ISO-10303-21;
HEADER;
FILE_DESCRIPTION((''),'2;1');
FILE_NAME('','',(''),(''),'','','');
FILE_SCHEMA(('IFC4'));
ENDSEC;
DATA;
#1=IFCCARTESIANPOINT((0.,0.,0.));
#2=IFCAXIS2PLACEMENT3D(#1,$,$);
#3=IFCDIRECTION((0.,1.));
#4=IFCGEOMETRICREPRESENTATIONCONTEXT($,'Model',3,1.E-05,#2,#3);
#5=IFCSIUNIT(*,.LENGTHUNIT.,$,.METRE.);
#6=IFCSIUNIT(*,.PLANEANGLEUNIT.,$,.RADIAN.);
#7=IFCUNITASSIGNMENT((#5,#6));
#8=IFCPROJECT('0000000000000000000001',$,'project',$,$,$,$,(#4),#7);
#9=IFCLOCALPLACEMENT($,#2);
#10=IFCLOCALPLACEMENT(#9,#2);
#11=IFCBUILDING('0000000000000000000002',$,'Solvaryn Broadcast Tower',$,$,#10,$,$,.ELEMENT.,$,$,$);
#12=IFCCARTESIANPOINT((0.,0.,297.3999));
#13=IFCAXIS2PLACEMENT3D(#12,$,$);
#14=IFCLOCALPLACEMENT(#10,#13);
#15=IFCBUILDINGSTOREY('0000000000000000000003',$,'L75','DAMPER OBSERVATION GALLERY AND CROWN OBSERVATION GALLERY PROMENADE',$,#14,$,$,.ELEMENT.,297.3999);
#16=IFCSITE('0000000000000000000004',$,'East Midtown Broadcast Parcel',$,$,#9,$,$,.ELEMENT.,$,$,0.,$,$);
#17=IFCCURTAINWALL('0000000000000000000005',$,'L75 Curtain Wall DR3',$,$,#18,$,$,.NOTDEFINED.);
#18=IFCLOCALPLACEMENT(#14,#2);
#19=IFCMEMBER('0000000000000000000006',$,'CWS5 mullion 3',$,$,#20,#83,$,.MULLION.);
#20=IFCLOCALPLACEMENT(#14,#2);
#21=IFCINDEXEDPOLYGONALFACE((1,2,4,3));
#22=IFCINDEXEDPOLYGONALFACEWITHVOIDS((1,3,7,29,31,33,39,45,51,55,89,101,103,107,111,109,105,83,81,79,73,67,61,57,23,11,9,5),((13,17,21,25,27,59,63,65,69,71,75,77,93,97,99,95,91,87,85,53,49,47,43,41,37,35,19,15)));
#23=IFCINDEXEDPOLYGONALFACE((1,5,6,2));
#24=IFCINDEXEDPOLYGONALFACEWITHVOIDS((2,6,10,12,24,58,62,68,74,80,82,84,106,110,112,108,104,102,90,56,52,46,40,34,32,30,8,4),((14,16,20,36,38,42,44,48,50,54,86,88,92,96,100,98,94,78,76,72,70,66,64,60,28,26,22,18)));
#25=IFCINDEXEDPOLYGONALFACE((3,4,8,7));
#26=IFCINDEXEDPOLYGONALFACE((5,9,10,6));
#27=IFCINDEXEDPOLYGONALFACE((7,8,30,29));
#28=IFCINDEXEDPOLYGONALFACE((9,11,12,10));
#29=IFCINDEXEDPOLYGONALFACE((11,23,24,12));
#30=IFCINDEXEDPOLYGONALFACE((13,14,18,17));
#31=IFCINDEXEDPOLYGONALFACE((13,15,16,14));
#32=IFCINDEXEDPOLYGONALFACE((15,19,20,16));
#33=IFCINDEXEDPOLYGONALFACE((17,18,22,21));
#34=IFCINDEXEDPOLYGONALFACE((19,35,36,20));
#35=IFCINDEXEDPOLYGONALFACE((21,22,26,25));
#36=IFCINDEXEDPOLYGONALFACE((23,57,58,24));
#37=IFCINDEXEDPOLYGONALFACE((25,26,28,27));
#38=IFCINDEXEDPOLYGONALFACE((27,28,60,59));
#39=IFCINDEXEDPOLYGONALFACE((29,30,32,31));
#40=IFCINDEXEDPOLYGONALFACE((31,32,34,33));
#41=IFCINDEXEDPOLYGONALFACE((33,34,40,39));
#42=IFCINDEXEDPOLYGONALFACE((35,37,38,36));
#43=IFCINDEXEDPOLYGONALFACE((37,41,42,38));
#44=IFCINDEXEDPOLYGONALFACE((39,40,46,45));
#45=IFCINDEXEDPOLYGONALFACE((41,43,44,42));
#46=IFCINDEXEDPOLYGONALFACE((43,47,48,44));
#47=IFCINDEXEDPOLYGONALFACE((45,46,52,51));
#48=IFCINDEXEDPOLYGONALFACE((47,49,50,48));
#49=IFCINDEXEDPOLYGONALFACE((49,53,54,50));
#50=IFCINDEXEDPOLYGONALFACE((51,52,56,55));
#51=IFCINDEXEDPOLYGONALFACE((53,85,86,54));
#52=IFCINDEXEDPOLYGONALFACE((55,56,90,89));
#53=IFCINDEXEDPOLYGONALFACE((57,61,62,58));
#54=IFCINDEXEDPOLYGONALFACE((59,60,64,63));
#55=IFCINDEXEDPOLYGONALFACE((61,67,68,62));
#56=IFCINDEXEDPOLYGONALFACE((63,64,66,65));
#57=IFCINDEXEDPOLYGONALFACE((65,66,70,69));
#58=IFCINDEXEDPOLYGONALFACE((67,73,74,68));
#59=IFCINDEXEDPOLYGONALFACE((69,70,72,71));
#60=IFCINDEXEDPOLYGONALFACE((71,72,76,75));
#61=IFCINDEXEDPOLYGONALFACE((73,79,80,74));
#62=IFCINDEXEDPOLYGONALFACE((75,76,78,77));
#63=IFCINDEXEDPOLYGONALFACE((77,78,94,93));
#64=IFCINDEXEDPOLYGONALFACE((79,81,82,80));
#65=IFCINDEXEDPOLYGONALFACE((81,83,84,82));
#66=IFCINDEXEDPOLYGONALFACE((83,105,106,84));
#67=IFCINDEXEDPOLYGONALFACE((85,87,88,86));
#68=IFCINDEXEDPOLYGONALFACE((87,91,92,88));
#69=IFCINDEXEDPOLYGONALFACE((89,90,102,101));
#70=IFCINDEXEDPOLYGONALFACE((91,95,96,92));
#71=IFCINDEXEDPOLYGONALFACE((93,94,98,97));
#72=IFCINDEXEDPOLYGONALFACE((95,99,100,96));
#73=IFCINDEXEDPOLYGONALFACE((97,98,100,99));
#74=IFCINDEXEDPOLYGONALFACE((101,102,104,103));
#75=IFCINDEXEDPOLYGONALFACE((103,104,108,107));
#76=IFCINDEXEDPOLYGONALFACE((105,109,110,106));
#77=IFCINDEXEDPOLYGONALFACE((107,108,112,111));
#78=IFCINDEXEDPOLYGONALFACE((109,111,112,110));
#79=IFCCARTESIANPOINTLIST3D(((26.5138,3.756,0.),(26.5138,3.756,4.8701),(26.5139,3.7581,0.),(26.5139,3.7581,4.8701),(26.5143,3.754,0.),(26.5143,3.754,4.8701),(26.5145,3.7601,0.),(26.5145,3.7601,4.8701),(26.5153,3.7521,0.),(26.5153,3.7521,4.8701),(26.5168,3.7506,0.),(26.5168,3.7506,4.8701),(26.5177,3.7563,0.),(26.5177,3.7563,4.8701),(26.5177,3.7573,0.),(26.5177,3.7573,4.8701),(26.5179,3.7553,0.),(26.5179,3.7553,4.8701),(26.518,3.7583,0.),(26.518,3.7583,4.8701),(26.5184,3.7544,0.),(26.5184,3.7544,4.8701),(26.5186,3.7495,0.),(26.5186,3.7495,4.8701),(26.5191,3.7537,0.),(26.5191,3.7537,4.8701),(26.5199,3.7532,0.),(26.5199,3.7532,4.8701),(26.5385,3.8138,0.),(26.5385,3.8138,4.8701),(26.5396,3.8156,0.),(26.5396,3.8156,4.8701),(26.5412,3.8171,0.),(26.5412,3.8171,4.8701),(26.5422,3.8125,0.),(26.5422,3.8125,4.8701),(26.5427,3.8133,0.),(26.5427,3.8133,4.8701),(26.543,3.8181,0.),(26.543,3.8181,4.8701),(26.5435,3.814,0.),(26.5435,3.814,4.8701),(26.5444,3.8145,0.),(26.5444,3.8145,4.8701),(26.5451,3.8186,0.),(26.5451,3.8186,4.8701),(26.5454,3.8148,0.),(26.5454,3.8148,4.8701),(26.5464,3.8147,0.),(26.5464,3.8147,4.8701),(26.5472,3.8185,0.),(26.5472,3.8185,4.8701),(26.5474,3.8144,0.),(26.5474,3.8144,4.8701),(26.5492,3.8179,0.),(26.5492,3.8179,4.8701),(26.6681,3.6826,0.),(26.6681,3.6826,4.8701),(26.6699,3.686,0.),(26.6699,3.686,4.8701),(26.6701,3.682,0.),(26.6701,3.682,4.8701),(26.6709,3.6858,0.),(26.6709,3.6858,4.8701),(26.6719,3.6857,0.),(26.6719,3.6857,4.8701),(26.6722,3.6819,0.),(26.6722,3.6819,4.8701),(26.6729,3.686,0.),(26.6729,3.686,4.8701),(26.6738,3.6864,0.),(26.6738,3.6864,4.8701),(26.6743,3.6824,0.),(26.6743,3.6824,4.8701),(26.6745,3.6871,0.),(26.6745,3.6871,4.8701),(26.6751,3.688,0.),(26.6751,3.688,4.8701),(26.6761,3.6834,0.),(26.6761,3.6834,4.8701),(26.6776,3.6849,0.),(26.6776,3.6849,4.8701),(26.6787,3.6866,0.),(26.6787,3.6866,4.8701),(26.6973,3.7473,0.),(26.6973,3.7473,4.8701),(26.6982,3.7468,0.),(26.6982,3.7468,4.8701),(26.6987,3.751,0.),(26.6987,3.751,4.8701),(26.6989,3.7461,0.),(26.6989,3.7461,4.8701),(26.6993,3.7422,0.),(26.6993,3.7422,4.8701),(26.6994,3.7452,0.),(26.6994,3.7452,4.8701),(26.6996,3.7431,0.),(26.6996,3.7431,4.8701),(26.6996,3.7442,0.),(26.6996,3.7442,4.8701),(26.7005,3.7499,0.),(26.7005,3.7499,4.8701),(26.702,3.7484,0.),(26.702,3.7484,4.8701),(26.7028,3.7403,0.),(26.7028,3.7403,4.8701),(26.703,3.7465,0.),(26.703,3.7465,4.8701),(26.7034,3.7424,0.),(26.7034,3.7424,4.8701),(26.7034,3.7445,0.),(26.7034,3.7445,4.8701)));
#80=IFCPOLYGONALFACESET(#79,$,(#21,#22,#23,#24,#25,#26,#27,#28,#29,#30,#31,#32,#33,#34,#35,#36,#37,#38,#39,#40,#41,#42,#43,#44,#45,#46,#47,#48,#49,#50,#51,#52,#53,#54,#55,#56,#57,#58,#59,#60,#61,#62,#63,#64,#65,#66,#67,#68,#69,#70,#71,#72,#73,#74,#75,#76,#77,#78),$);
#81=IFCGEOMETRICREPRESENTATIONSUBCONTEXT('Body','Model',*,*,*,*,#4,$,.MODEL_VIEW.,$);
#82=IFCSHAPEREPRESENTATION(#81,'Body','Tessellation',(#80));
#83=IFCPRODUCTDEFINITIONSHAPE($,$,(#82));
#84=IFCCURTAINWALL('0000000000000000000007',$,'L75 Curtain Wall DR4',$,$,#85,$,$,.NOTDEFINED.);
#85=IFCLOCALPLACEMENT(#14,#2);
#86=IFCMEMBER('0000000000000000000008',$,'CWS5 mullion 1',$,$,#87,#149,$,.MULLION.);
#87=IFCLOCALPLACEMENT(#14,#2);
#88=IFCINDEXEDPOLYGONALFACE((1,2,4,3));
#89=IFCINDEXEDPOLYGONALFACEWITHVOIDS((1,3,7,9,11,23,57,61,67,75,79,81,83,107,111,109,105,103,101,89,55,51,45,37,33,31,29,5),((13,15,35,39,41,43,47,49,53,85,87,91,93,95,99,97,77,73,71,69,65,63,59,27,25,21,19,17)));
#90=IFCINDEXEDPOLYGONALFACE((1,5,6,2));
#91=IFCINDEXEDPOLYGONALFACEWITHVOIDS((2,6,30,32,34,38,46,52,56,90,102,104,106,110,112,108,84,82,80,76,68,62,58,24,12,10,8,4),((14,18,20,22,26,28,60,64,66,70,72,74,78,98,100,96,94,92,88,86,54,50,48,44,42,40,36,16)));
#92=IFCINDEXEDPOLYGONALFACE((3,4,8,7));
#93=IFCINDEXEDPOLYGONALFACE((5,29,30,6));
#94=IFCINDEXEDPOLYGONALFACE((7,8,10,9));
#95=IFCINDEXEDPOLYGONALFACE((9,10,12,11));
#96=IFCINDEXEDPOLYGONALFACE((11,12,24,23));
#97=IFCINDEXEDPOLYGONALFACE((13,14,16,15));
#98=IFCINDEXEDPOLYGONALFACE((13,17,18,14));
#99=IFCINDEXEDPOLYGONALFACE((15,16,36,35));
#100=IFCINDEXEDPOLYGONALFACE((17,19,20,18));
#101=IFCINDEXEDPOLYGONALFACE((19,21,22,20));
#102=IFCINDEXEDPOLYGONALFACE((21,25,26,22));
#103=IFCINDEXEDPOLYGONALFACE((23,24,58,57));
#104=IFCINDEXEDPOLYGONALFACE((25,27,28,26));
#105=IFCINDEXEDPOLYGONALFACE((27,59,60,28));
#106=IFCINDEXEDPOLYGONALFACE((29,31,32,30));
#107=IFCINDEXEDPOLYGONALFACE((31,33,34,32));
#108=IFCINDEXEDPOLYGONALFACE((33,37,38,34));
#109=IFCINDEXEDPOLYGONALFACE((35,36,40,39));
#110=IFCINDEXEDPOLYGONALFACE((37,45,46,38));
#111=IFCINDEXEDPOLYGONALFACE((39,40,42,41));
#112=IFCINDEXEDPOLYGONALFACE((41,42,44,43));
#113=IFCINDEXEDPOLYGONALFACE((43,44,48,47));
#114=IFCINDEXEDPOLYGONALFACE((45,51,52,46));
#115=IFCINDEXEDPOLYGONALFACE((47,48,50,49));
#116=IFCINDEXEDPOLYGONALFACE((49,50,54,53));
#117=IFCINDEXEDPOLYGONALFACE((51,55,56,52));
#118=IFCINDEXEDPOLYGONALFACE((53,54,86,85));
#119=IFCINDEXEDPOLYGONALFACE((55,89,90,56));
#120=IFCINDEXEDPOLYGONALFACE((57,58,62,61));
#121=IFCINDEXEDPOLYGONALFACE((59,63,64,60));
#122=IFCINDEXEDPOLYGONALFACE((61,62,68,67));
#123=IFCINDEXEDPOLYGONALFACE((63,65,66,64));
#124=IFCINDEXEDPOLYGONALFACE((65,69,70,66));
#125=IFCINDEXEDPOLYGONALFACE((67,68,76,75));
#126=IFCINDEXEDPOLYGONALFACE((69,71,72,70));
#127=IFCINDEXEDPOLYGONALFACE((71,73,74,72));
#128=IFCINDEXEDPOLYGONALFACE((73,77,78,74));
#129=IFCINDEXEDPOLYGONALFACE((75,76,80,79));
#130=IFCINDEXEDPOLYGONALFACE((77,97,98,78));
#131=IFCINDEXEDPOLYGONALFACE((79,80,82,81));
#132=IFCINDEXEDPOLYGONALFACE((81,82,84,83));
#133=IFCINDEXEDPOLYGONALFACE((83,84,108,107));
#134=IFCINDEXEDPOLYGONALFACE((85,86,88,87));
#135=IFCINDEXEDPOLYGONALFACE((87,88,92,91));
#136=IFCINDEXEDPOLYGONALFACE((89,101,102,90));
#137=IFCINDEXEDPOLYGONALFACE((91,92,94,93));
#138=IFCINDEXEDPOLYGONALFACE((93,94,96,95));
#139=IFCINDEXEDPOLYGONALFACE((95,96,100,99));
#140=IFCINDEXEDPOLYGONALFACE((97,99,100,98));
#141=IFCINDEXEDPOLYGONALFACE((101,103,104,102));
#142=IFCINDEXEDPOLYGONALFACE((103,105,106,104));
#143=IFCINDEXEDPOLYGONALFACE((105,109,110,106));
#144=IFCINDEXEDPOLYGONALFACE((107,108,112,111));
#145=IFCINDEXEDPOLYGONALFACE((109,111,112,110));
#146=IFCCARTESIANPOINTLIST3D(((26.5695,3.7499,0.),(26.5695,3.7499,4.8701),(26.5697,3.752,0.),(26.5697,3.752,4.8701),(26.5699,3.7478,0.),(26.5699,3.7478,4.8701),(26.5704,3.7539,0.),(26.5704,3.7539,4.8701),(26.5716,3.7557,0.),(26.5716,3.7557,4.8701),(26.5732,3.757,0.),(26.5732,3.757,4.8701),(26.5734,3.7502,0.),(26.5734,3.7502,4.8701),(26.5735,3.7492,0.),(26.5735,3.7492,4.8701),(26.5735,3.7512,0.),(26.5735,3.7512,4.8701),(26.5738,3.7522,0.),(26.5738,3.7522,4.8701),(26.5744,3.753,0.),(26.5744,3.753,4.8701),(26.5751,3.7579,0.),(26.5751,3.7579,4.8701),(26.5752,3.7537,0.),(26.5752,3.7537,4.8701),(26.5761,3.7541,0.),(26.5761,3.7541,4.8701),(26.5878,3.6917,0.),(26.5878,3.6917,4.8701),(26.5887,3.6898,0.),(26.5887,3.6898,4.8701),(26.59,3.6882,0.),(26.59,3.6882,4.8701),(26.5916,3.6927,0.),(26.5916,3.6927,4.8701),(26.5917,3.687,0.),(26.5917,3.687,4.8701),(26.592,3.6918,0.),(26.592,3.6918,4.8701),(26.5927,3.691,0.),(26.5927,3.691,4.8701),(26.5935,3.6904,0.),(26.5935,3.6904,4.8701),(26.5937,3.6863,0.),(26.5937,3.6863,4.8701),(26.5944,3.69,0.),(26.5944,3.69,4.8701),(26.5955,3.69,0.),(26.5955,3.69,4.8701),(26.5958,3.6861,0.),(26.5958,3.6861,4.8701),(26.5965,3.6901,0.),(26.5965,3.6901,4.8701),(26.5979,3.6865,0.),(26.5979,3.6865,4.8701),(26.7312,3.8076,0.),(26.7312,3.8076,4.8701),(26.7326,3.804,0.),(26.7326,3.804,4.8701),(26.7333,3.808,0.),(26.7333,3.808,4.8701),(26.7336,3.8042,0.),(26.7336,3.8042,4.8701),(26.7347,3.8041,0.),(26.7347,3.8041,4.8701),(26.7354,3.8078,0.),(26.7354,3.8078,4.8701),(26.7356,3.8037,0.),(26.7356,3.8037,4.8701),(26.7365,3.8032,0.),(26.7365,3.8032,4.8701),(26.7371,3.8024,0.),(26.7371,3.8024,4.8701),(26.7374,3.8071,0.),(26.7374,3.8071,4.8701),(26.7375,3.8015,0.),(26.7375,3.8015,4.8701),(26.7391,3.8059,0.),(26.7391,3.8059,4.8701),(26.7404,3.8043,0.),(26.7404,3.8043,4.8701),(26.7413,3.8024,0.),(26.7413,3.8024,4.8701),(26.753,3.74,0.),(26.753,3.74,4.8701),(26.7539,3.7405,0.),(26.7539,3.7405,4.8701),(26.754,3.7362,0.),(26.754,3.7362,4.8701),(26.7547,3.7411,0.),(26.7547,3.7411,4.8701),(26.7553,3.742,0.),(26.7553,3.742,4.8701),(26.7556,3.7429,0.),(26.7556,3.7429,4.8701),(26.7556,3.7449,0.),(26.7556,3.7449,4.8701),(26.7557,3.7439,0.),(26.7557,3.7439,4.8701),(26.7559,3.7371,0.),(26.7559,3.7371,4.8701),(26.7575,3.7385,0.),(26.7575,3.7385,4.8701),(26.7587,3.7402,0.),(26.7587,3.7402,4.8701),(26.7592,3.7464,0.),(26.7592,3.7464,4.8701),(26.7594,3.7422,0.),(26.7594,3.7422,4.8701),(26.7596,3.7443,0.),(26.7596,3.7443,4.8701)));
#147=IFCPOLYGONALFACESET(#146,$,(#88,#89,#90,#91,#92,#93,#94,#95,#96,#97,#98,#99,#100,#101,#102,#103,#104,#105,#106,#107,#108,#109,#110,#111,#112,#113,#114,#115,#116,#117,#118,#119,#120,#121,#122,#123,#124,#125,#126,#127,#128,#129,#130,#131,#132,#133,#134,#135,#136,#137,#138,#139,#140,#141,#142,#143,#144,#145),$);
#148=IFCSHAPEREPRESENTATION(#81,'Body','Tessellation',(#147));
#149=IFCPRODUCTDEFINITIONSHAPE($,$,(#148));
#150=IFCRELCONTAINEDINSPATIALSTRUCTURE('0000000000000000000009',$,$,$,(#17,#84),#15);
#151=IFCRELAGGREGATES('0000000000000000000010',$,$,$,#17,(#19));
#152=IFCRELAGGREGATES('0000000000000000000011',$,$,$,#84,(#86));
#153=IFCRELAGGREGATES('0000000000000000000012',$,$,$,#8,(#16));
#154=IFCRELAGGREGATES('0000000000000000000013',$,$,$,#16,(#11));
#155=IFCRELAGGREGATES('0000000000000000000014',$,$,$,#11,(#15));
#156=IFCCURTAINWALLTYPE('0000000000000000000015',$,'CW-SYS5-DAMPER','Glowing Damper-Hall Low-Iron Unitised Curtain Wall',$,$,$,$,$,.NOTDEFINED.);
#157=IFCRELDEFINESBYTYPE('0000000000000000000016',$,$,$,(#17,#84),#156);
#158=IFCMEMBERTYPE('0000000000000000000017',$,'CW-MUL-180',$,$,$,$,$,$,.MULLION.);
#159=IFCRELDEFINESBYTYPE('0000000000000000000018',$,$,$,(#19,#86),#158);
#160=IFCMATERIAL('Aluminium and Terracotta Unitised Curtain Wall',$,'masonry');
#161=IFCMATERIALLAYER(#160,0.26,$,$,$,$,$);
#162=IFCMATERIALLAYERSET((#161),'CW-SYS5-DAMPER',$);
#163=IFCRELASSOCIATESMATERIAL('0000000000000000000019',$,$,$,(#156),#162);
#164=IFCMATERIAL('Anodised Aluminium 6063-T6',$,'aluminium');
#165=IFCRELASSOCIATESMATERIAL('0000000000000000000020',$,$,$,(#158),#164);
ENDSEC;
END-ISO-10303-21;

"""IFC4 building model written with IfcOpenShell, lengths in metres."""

from ifc_helpers import new_model, si_unit, direction, frame, origin, origin_2d, place, context, subcontext, project, spatial, hollow_rectangle, extrude, material, layer, layer_set, material_profile, profile_set, type_object, element, aggregate, save


model = new_model("IFC4")

# Units and contexts
model_context = context("Model", 3, precision=1e-05, world=origin(), true_north=direction((0.0, 1.0)))
body_context = subcontext(model_context, "Body", "Model", "MODEL_VIEW")
ifc_project = project(units=[si_unit("LENGTHUNIT", "METRE"), si_unit("PLANEANGLEUNIT", "RADIAN")], contexts=[model_context])

# Site, building, storey
site_placement = place(None, origin())
site = spatial("IfcSite", under=ifc_project, at=site_placement, Name="East Midtown Broadcast Parcel", CompositionType="ELEMENT", RefElevation=0.0)
building_placement = place(site_placement, origin())
building = spatial("IfcBuilding", under=site, at=building_placement, Name="Solvaryn Broadcast Tower", CompositionType="ELEMENT")
storey_placement = place(building_placement, frame((0.0, 0.0, 297.3999)))
storey = spatial("IfcBuildingStorey", under=building, at=storey_placement, Name="L75", Description="DAMPER OBSERVATION GALLERY AND CROWN OBSERVATION GALLERY PROMENADE", CompositionType="ELEMENT", Elevation=297.3999)

# Curtain walls, members
ifc_material_1 = material(Name="Aluminium and Terracotta Unitised Curtain Wall", Category="masonry")
ifc_layer_1 = layer(ifc_material_1, 0.26)
ifc_layer_set_1 = layer_set([ifc_layer_1], Name="CW-SYS5-DAMPER")
curtain_wall_type = type_object("IfcCurtainWallType", Name="CW-SYS5-DAMPER", Description="Glowing Damper-Hall Low-Iron Unitised Curtain Wall", PredefinedType="NOTDEFINED", material=ifc_layer_set_1)
curtain_wall_1_placement = place(storey_placement, origin())
curtain_wall_1 = element("IfcCurtainWall", 1, at=curtain_wall_1_placement, inside=storey, type_object=curtain_wall_type, Name="L75 Curtain Wall DR3", PredefinedType="NOTDEFINED")
ifc_material_2 = material(Name="Anodised Aluminium 6063-T6", Category="aluminium")
ifc_material_profile_1 = material_profile(ifc_material_2, hollow_rectangle(XDim=0.075, YDim=0.1799, WallThickness=0.0039, InnerFilletRadius=0.0039, OuterFilletRadius=0.0081, at=origin_2d()))
ifc_profile_set_1 = profile_set([ifc_material_profile_1], Name="Anodised Aluminium 6063-T6")
member_type_1 = type_object("IfcMemberType", Name="CW-MUL-180", PredefinedType="MULLION", material=ifc_profile_set_1)
member_1_placement = place(storey_placement, frame((26.6086, 3.7502, 0.0), z_axis=(0.0, 0.0, 1.0), x_axis=(0.408466, 0.912774, 0.0)))
member_1 = element("IfcMember", 2, at=member_1_placement, type_object=member_type_1, Name="CWS5 mullion 3", PredefinedType="MULLION", context=body_context, shape_type="SweptSolid", body=[
    extrude(hollow_rectangle(XDim=0.075, YDim=0.1799, WallThickness=0.0039, InnerFilletRadius=0.0039, OuterFilletRadius=0.0081, at=origin_2d()), origin(), (0.0, 0.0, 1.0), 4.8701),
])
curtain_wall_2_placement = place(storey_placement, origin())
curtain_wall_2 = element("IfcCurtainWall", 3, at=curtain_wall_2_placement, inside=storey, type_object=curtain_wall_type, Name="L75 Curtain Wall DR4", PredefinedType="NOTDEFINED")
member_2_placement = place(storey_placement, frame((26.6646, 3.7471, 0.0), z_axis=(0.0, 0.0, 1.0), x_axis=(-0.303616, 0.952795, 0.0)))
member_2 = element("IfcMember", 4, at=member_2_placement, type_object=member_type_1, Name="CWS5 mullion 1", PredefinedType="MULLION", context=body_context, shape_type="SweptSolid", body=[
    extrude(hollow_rectangle(XDim=0.075, YDim=0.1799, WallThickness=0.0039, InnerFilletRadius=0.0039, OuterFilletRadius=0.0081, at=origin_2d()), origin(), (0.0, 0.0, 1.0), 4.8701),
])

aggregate(curtain_wall_1, [member_1])
aggregate(curtain_wall_2, [member_2])

save(model, "model.ifc")
